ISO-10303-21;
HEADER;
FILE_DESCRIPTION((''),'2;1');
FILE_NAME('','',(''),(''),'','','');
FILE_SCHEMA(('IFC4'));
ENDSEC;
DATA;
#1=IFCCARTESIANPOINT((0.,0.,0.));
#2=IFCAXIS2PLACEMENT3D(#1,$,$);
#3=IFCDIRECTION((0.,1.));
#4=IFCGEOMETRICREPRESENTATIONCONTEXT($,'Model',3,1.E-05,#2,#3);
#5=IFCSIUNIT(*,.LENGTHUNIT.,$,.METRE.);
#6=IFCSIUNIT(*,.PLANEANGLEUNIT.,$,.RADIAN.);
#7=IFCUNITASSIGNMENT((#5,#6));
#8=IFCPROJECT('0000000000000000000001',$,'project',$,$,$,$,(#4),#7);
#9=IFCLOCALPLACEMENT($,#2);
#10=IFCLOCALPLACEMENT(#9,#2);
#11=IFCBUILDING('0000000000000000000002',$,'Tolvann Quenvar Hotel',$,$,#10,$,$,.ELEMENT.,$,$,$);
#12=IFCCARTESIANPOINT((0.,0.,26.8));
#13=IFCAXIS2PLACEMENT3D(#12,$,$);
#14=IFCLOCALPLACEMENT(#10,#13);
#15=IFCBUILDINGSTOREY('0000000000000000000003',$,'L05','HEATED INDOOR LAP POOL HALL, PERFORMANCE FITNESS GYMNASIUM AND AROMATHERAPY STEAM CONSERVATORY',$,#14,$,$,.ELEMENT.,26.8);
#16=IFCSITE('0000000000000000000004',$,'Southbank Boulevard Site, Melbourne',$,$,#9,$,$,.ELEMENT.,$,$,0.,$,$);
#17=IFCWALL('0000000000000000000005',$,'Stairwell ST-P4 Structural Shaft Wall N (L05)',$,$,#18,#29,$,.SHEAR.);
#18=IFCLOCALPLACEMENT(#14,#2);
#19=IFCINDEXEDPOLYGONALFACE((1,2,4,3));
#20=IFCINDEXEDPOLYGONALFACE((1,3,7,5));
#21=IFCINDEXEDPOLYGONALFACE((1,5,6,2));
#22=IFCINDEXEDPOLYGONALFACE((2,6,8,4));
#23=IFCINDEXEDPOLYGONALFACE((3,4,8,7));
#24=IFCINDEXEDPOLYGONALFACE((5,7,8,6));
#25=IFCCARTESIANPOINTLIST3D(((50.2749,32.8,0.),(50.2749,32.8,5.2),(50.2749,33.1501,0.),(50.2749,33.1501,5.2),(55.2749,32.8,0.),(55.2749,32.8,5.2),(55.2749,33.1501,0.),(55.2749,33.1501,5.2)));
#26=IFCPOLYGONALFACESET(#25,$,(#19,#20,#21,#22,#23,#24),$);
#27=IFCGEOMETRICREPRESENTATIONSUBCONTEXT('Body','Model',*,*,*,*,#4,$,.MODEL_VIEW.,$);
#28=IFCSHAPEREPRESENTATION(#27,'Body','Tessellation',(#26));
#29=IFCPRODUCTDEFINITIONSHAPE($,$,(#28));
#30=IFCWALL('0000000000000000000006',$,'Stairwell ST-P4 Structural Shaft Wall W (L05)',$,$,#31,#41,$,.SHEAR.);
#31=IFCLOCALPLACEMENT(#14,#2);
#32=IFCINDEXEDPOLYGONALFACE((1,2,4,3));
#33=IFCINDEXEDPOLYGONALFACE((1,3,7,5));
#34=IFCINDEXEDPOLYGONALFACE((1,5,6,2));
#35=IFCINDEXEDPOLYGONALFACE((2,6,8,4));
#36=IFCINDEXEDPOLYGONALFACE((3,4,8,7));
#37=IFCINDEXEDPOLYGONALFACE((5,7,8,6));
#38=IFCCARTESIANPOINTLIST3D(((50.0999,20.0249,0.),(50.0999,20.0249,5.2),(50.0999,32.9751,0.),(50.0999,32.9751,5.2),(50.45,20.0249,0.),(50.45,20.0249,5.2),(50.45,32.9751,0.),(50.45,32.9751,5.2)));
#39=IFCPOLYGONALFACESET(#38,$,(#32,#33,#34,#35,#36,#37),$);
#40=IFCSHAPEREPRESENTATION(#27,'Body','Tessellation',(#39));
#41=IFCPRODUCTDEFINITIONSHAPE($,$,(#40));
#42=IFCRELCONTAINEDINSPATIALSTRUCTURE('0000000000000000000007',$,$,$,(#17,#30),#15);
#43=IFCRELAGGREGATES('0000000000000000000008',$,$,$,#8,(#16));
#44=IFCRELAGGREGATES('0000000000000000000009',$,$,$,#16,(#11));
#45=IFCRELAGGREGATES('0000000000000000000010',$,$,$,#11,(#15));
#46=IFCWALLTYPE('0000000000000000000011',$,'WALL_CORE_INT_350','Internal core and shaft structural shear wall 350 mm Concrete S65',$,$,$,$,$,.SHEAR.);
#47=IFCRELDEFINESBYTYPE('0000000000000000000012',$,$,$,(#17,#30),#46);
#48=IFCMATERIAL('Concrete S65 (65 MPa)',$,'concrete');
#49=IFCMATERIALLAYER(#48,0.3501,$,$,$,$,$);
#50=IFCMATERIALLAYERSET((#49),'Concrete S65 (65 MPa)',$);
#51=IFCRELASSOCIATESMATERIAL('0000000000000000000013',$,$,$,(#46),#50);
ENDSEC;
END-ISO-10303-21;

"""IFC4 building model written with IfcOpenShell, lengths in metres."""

from ifc_helpers import new_model, si_unit, direction, frame, frame_2d, origin, place, context, subcontext, project, spatial, rectangle, extrude, material, layer, layer_set, type_object, element, save


model = new_model("IFC4")

# Units and contexts
model_context = context("Model", 3, precision=1e-05, world=origin(), true_north=direction((0.0, 1.0)))
body_context = subcontext(model_context, "Body", "Model", "MODEL_VIEW")
ifc_project = project(units=[si_unit("LENGTHUNIT", "METRE"), si_unit("PLANEANGLEUNIT", "RADIAN")], contexts=[model_context])

# Site, building, storey
site_placement = place(None, origin())
site = spatial("IfcSite", under=ifc_project, at=site_placement, Name="Southbank Boulevard Site, Melbourne", CompositionType="ELEMENT", RefElevation=0.0)
building_placement = place(site_placement, origin())
building = spatial("IfcBuilding", under=site, at=building_placement, Name="Tolvann Quenvar Hotel", CompositionType="ELEMENT")
storey_placement = place(building_placement, frame((0.0, 0.0, 26.8)))
storey = spatial("IfcBuildingStorey", under=building, at=storey_placement, Name="L05", Description="HEATED INDOOR LAP POOL HALL, PERFORMANCE FITNESS GYMNASIUM AND AROMATHERAPY STEAM CONSERVATORY", CompositionType="ELEMENT", Elevation=26.8)

# Walls
ifc_material_1 = material(Name="Concrete S65 (65 MPa)", Category="concrete")
ifc_layer = layer(ifc_material_1, 0.3501)
ifc_layer_set = layer_set([ifc_layer], Name="Concrete S65 (65 MPa)")
wall_type = type_object("IfcWallType", Name="WALL_CORE_INT_350", Description="Internal core and shaft structural shear wall 350 mm Concrete S65", PredefinedType="SHEAR", material=ifc_layer_set)
wall_1_placement = place(storey_placement, frame((55.2749, 32.9751, 0.0), z_axis=(0.0, 0.0, 1.0), x_axis=(-1.0, 0.0, 0.0)))
element("IfcWall", 1, at=wall_1_placement, inside=storey, type_object=wall_type, Name="Stairwell ST-P4 Structural Shaft Wall N (L05)", PredefinedType="SHEAR", context=body_context, shape_type="SweptSolid", body=[
    extrude(rectangle(XDim=5.0, YDim=0.3501, at=frame_2d((2.5, 0.0))), origin(), (0.0, 0.0, 1.0), 5.2),
])
wall_2_placement = place(storey_placement, frame((50.2749, 32.9751, 0.0), z_axis=(0.0, 0.0, 1.0), x_axis=(0.0, -1.0, 0.0)))
element("IfcWall", 2, at=wall_2_placement, inside=storey, type_object=wall_type, Name="Stairwell ST-P4 Structural Shaft Wall W (L05)", PredefinedType="SHEAR", context=body_context, shape_type="SweptSolid", body=[
    extrude(rectangle(XDim=12.9502, YDim=0.3501, at=frame_2d((6.4751, 0.0))), origin(), (0.0, 0.0, 1.0), 5.2),
])

save(model, "model.ifc")
